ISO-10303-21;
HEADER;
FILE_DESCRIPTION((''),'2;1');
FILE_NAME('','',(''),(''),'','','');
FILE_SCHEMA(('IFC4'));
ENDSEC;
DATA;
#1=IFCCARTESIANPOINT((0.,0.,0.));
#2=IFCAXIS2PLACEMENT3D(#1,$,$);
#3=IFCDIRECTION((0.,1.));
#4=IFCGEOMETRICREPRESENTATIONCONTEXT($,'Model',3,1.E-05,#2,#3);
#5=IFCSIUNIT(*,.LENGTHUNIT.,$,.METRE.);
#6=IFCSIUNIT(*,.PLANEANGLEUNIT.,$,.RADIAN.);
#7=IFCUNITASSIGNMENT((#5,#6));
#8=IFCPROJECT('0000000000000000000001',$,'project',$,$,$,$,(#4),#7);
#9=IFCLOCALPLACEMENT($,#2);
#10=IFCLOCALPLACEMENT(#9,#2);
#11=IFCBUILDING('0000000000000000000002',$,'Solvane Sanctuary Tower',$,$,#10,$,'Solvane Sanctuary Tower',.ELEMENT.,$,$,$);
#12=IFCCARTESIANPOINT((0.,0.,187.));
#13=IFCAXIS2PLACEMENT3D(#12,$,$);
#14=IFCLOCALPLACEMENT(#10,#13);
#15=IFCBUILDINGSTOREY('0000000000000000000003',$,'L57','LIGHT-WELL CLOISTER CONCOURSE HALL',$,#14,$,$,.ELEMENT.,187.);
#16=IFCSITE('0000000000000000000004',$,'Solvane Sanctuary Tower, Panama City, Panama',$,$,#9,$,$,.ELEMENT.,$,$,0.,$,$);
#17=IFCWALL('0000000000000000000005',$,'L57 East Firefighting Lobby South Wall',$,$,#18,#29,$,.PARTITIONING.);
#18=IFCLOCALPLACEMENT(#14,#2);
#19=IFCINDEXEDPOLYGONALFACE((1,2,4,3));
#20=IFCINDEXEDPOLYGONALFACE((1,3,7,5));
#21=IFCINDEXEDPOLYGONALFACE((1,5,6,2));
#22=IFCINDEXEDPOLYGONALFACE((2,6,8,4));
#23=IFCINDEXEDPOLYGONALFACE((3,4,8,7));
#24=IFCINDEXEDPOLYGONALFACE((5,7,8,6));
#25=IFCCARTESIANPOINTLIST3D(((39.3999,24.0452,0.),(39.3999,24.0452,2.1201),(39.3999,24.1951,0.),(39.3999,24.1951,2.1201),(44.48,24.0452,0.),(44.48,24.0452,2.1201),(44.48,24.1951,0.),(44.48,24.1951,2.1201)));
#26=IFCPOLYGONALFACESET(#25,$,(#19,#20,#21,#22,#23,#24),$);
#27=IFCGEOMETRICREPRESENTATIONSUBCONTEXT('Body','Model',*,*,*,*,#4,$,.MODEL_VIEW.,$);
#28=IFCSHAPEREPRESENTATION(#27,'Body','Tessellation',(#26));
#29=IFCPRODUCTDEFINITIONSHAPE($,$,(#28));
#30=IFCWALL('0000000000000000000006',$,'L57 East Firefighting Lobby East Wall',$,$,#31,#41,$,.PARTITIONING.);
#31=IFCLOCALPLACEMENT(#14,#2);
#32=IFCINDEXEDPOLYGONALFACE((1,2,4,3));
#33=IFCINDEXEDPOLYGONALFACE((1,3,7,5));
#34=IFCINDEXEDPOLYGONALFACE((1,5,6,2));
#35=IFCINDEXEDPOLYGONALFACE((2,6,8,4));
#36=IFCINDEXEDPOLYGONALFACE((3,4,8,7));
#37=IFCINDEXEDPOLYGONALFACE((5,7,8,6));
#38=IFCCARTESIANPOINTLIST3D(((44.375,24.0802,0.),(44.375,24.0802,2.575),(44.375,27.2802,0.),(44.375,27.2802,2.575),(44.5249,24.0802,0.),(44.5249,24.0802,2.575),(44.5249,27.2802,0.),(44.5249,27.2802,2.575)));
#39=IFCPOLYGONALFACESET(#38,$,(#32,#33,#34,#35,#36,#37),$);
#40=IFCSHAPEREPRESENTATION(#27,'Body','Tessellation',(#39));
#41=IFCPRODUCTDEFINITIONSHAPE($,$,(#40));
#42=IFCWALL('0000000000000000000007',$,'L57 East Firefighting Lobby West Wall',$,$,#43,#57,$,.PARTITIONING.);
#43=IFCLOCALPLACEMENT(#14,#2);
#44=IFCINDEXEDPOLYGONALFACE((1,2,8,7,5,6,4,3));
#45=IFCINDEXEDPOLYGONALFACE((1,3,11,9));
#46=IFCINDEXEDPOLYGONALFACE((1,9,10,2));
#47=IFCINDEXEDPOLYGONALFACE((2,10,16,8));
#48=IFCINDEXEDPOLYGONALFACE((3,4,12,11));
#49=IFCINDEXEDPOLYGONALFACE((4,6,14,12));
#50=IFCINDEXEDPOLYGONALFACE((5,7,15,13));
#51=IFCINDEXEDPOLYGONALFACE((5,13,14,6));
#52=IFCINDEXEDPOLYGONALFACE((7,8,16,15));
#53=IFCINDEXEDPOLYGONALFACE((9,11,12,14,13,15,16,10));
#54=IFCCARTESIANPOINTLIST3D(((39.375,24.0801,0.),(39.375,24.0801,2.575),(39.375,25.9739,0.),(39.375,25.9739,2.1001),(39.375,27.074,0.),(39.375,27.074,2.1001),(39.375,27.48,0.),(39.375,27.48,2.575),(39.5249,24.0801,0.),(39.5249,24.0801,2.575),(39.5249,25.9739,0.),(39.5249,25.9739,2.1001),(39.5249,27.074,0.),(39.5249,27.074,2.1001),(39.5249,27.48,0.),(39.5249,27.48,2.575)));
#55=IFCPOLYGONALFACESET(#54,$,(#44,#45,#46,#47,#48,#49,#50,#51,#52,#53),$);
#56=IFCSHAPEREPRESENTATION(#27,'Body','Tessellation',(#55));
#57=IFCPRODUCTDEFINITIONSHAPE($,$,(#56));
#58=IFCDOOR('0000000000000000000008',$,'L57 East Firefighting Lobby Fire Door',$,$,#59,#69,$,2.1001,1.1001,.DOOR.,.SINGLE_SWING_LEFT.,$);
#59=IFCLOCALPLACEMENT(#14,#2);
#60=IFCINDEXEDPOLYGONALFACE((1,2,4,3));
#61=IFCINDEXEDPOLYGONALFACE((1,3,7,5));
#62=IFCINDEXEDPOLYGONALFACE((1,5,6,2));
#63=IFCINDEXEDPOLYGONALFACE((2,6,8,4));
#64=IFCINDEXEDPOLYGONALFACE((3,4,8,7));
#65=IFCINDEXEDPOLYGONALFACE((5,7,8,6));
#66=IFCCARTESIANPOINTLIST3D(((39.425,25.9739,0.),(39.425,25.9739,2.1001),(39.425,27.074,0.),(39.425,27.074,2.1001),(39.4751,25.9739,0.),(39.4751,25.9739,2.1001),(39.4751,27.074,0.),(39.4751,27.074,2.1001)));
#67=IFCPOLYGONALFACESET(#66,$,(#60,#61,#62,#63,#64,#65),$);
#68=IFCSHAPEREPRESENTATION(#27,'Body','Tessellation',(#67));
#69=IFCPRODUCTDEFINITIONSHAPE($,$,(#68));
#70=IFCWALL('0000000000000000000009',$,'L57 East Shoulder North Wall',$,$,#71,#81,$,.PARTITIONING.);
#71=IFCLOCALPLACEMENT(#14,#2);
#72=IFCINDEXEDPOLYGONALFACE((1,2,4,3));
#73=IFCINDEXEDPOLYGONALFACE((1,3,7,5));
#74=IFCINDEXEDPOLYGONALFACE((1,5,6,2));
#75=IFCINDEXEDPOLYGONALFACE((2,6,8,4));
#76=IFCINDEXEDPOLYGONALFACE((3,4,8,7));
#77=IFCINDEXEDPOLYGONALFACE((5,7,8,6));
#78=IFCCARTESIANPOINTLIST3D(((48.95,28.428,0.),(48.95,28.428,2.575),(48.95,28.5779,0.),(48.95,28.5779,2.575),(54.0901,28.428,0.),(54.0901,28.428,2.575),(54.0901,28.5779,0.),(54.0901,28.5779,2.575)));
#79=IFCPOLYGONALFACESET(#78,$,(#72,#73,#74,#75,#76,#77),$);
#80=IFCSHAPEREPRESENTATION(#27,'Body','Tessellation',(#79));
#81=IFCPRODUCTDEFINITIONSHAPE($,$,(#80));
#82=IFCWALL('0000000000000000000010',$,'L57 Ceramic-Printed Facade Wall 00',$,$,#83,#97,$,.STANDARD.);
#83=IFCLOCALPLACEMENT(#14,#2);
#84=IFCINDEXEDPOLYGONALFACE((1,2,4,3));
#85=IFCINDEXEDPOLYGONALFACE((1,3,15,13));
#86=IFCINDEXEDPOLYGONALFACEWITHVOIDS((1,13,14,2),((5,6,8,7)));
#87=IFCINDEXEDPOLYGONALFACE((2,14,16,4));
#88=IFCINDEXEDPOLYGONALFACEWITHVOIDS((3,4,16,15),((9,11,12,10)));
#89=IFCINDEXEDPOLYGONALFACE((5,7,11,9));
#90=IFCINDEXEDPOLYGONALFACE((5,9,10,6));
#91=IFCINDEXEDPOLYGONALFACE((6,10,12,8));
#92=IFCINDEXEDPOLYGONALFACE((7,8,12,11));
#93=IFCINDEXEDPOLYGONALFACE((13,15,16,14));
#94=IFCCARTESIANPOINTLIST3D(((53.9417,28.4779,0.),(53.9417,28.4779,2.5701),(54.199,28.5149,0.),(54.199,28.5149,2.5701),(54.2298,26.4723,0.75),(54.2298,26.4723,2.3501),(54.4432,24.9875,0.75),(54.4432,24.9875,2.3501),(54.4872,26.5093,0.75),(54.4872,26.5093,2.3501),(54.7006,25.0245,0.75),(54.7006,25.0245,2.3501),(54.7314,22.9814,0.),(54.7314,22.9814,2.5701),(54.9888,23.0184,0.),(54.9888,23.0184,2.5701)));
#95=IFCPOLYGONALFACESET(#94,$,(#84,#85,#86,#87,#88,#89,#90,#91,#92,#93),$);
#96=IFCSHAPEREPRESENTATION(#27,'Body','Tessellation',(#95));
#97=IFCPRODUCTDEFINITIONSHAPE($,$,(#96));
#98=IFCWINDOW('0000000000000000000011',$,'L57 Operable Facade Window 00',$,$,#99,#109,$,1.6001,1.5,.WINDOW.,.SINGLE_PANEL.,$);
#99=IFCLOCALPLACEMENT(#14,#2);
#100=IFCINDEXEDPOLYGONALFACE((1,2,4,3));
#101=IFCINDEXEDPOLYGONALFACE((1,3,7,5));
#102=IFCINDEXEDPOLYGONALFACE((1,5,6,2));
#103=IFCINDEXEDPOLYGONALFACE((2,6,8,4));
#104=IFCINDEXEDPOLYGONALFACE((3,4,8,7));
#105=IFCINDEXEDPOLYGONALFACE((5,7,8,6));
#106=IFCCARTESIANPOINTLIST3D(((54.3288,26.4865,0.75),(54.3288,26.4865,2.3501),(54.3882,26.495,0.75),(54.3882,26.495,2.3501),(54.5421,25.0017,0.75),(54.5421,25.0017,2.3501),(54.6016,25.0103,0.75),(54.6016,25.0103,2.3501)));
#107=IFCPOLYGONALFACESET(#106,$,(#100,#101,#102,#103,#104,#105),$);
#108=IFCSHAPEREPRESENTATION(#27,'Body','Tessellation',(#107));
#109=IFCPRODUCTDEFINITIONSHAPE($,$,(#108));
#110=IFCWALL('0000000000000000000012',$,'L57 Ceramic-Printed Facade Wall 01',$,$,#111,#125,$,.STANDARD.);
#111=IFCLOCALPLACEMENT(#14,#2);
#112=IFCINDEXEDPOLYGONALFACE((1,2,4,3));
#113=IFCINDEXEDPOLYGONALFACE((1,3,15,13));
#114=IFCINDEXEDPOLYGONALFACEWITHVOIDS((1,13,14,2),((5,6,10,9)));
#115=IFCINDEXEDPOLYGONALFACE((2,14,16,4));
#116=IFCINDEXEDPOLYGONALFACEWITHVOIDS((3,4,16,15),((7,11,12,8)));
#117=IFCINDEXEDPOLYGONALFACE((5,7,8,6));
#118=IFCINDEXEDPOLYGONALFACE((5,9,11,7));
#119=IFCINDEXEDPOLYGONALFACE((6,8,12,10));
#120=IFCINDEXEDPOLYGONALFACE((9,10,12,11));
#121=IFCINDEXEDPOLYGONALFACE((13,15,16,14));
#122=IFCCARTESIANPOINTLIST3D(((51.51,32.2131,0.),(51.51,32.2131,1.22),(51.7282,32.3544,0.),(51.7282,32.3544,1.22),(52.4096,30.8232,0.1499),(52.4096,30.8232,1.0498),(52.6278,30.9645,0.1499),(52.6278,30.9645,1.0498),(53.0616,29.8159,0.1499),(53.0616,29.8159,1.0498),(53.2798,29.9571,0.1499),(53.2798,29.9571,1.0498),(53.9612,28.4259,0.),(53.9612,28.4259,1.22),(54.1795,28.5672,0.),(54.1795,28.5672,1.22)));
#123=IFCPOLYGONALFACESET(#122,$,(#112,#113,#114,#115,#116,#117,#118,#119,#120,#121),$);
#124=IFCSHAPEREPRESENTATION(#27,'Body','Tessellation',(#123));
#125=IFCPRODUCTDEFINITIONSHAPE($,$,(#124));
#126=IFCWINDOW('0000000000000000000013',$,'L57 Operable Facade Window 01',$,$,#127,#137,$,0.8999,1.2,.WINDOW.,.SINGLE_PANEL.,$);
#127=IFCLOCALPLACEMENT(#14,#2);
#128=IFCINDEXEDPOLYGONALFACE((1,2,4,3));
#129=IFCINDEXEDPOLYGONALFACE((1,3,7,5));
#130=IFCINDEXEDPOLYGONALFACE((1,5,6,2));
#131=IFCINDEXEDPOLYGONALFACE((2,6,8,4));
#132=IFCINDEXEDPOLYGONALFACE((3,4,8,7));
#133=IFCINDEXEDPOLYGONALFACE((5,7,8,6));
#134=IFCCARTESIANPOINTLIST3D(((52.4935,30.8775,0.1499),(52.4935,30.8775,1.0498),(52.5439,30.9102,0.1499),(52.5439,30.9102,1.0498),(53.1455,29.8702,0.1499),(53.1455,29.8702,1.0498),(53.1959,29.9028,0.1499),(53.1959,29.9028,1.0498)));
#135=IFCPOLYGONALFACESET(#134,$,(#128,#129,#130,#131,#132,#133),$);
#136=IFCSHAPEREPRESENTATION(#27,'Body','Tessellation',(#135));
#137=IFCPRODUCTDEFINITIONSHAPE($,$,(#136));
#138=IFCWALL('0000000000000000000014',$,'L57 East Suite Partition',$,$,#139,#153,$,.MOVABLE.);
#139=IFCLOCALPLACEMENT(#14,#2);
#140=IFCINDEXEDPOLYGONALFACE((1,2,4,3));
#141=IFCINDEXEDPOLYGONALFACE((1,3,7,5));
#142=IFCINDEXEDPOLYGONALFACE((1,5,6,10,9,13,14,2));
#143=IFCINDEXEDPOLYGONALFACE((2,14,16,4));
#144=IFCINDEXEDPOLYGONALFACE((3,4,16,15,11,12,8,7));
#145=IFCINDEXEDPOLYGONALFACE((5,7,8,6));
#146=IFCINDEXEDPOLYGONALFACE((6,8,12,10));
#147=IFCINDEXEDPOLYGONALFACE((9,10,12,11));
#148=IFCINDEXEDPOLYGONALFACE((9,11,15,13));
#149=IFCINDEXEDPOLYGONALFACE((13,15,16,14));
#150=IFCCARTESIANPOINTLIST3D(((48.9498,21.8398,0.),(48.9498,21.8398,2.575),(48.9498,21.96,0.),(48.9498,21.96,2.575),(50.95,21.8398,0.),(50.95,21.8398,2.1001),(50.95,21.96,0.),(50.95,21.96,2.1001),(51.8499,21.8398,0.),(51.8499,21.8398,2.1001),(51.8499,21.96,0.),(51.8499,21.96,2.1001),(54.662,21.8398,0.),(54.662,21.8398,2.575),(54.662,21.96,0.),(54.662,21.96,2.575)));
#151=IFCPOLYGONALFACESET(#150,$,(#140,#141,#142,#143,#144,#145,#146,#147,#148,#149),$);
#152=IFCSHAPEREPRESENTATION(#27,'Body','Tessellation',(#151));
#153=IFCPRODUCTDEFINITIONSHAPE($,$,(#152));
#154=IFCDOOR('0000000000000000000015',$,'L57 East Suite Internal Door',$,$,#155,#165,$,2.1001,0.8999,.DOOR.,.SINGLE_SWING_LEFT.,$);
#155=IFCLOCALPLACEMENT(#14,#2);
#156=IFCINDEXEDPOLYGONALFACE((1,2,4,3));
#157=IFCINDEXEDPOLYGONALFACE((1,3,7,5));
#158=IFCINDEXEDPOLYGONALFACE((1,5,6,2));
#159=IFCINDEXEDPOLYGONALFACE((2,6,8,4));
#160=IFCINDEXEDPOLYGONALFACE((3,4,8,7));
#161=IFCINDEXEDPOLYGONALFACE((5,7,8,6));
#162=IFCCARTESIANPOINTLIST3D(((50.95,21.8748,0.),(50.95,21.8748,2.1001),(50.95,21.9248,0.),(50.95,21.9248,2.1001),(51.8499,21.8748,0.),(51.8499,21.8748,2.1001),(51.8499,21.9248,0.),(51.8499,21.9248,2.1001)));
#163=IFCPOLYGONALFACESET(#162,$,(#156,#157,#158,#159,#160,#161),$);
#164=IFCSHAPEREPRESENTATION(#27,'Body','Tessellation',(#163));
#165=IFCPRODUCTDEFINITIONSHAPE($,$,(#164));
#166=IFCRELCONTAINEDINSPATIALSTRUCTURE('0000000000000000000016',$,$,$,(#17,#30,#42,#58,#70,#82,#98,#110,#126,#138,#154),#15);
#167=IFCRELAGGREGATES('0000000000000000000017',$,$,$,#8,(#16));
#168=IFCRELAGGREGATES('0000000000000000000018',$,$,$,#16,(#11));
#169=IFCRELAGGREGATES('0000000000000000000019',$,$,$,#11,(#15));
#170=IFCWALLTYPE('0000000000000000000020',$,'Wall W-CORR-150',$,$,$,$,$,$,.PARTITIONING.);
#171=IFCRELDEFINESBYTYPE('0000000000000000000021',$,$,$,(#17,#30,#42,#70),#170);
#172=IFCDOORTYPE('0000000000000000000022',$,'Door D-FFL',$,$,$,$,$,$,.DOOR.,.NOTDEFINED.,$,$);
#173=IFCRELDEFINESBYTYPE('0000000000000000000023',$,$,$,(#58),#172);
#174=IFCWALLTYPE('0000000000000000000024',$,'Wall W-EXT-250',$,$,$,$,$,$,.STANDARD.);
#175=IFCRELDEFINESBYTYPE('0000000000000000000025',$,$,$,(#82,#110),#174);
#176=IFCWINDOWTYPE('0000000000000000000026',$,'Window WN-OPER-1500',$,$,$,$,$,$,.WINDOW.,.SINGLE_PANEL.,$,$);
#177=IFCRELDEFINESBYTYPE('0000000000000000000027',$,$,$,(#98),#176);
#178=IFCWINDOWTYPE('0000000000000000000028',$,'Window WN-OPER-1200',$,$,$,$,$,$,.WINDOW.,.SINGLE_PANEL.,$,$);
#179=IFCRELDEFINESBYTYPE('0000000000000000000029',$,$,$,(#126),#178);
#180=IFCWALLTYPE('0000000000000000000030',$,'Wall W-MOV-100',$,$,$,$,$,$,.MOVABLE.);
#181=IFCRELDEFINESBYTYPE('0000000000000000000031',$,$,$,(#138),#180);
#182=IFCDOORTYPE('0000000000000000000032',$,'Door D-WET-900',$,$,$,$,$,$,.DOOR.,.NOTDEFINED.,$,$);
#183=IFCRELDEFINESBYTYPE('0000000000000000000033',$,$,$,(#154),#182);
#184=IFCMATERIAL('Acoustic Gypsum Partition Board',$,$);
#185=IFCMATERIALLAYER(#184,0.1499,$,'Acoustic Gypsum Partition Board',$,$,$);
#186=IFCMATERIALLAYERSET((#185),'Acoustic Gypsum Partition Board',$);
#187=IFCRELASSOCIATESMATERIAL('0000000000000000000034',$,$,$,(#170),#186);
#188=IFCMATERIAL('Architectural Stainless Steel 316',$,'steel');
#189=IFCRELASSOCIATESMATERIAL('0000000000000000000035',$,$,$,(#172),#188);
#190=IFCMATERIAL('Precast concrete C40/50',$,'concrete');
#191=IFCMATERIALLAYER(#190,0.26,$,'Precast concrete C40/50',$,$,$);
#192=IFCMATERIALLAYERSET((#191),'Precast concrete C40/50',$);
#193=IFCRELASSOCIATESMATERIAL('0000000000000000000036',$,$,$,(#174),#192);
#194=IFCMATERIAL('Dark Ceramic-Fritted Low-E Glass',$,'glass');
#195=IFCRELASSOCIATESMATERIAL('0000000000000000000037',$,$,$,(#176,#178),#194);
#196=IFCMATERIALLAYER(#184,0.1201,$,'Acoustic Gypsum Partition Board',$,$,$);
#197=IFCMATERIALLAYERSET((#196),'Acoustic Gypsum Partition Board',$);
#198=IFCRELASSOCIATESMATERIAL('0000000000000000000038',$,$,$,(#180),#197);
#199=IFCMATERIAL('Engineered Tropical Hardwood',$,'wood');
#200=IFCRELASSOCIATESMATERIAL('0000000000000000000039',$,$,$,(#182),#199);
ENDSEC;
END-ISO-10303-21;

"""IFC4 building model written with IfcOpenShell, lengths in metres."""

from ifc_helpers import new_model, si_unit, direction, frame, frame_2d, origin, place, context, subcontext, project, spatial, rectangle, extrude, material, layer, layer_set, type_object, element, fill, save


model = new_model("IFC4")

# Units and contexts
model_context = context("Model", 3, precision=1e-05, world=origin(), true_north=direction((0.0, 1.0)))
body_context = subcontext(model_context, "Body", "Model", "MODEL_VIEW")
ifc_project = project(units=[si_unit("LENGTHUNIT", "METRE"), si_unit("PLANEANGLEUNIT", "RADIAN")], contexts=[model_context])

# Site, building, storey
site_placement = place(None, origin())
site = spatial("IfcSite", under=ifc_project, at=site_placement, Name="Solvane Sanctuary Tower, Panama City, Panama", CompositionType="ELEMENT", RefElevation=0.0)
building_placement = place(site_placement, origin())
building = spatial("IfcBuilding", under=site, at=building_placement, Name="Solvane Sanctuary Tower", LongName="Solvane Sanctuary Tower", CompositionType="ELEMENT")
storey_placement = place(building_placement, frame((0.0, 0.0, 187.0)))
storey = spatial("IfcBuildingStorey", under=building, at=storey_placement, Name="L57", Description="LIGHT-WELL CLOISTER CONCOURSE HALL", CompositionType="ELEMENT", Elevation=187.0)

# Walls
ifc_material_1 = material(Name="Acoustic Gypsum Partition Board")
ifc_layer_1 = layer(ifc_material_1, 0.1499, Name="Acoustic Gypsum Partition Board")
ifc_layer_set_1 = layer_set([ifc_layer_1], Name="Acoustic Gypsum Partition Board")
wall_type_1 = type_object("IfcWallType", Name="Wall W-CORR-150", PredefinedType="PARTITIONING", material=ifc_layer_set_1)
wall_1_placement = place(storey_placement, frame((39.3999, 24.1201, 0.0), z_axis=(0.0, 0.0, 1.0), x_axis=(1.0, 0.0, 0.0)))
element("IfcWall", 1, at=wall_1_placement, inside=storey, type_object=wall_type_1, Name="L57 East Firefighting Lobby South Wall", PredefinedType="PARTITIONING", context=body_context, shape_type="SweptSolid", body=[
    extrude(rectangle(XDim=5.0801, YDim=0.1499, at=frame_2d((2.54, 0.0))), origin(), (0.0, 0.0, 1.0), 2.1201),
])
wall_2_placement = place(storey_placement, frame((44.45, 24.0801, 0.0), z_axis=(0.0, 0.0, 1.0), x_axis=(0.0, 1.0, 0.0)))
element("IfcWall", 2, at=wall_2_placement, inside=storey, type_object=wall_type_1, Name="L57 East Firefighting Lobby East Wall", PredefinedType="PARTITIONING", context=body_context, shape_type="SweptSolid", body=[
    extrude(rectangle(XDim=3.2, YDim=0.1499, at=frame_2d((1.6001, 0.0))), origin(), (0.0, 0.0, 1.0), 2.575),
])

# Wall, opening, door
wall_3_placement = place(storey_placement, frame((39.45, 24.0801, 0.0), z_axis=(0.0, 0.0, 1.0), x_axis=(0.0, 1.0, 0.0)))
wall_3 = element("IfcWall", 3, at=wall_3_placement, inside=storey, type_object=wall_type_1, Name="L57 East Firefighting Lobby West Wall", PredefinedType="PARTITIONING", context=body_context, shape_type="SweptSolid", body=[
    extrude(rectangle(XDim=3.3999, YDim=0.1499, at=frame_2d((1.7, 0.0))), origin(), (0.0, 0.0, 1.0), 2.575),
])
opening_1_placement = place(wall_3_placement, frame((1.8938, 0.0, 0.0)))
opening_1 = element("IfcOpeningElement", 4, at=opening_1_placement, cuts=wall_3, PredefinedType="OPENING", context=body_context, shape_type="SweptSolid", body=[
    extrude(rectangle(XDim=1.1001, YDim=2.1001, at=frame_2d((0.55, 1.05))), frame((0.0, 0.085, 0.0), z_axis=(0.0, -1.0, 0.0), x_axis=(1.0, 0.0, 0.0)), (0.0, 0.0, 1.0), 0.1699),
])
ifc_material_2 = material(Name="Architectural Stainless Steel 316", Category="steel")
door_type_1 = type_object("IfcDoorType", Name="Door D-FFL", OperationType="NOTDEFINED", PredefinedType="DOOR", material=ifc_material_2)
door_1_placement = place(opening_1_placement, origin())
door_1 = element("IfcDoor", 5, at=door_1_placement, inside=storey, type_object=door_type_1, Name="L57 East Firefighting Lobby Fire Door", OperationType="SINGLE_SWING_LEFT", OverallHeight=2.1001, OverallWidth=1.1001, PredefinedType="DOOR", context=body_context, shape_type="SweptSolid", body=[
    extrude(rectangle(XDim=1.1001, YDim=2.1001, at=frame_2d((0.55, 1.05))), frame((0.0, 0.0249, 0.0), z_axis=(0.0, -1.0, 0.0), x_axis=(1.0, 0.0, 0.0)), (0.0, 0.0, 1.0), 0.05),
])
fill(opening_1, door_1)

# Wall
wall_4_placement = place(storey_placement, frame((48.95, 28.5029, 0.0), z_axis=(0.0, 0.0, 1.0), x_axis=(1.0, 0.0, 0.0)))
element("IfcWall", 6, at=wall_4_placement, inside=storey, type_object=wall_type_1, Name="L57 East Shoulder North Wall", PredefinedType="PARTITIONING", context=body_context, shape_type="SweptSolid", body=[
    extrude(rectangle(XDim=5.1401, YDim=0.1499, at=frame_2d((2.5701, 0.0))), origin(), (0.0, 0.0, 1.0), 2.575),
])

# Walls, openings, windows
ifc_material_3 = material(Name="Precast concrete C40/50", Category="concrete")
ifc_layer_2 = layer(ifc_material_3, 0.26, Name="Precast concrete C40/50")
ifc_layer_set_2 = layer_set([ifc_layer_2], Name="Precast concrete C40/50")
wall_type_2 = type_object("IfcWallType", Name="Wall W-EXT-250", PredefinedType="STANDARD", material=ifc_layer_set_2)
wall_5_placement = place(storey_placement, frame((54.8601, 23.0, 0.0), z_axis=(0.0, 0.0, 1.0), x_axis=(-0.142228, 0.989834, 0.0)))
wall_5 = element("IfcWall", 7, at=wall_5_placement, inside=storey, type_object=wall_type_2, Name="L57 Ceramic-Printed Facade Wall 00", PredefinedType="STANDARD", context=body_context, shape_type="SweptSolid", body=[
    extrude(rectangle(XDim=5.553, YDim=0.26, at=frame_2d((2.7764, 0.0))), origin(), (0.0, 0.0, 1.0), 2.5701),
])
opening_2_placement = place(wall_5_placement, frame((2.0266, 0.0, 0.75)))
opening_2 = element("IfcOpeningElement", 8, at=opening_2_placement, cuts=wall_5, PredefinedType="OPENING", context=body_context, shape_type="SweptSolid", body=[
    extrude(rectangle(XDim=1.5, YDim=1.6001, at=frame_2d((0.75, 0.8))), frame((0.0, 0.1399, 0.0), z_axis=(0.0, -1.0, 0.0), x_axis=(1.0, 0.0, 0.0)), (0.0, 0.0, 1.0), 0.28),
])
ifc_material_4 = material(Name="Dark Ceramic-Fritted Low-E Glass", Category="glass")
window_type_1 = type_object("IfcWindowType", Name="Window WN-OPER-1500", PartitioningType="SINGLE_PANEL", PredefinedType="WINDOW", material=ifc_material_4)
window_1_placement = place(opening_2_placement, origin())
window_1 = element("IfcWindow", 9, at=window_1_placement, inside=storey, type_object=window_type_1, Name="L57 Operable Facade Window 00", OverallHeight=1.6001, OverallWidth=1.5, PartitioningType="SINGLE_PANEL", PredefinedType="WINDOW", context=body_context, shape_type="SweptSolid", body=[
    extrude(rectangle(XDim=1.5, YDim=1.6001, at=frame_2d((0.75, 0.8))), frame((0.0, 0.03, 0.0), z_axis=(0.0, -1.0, 0.0), x_axis=(1.0, 0.0, 0.0)), (0.0, 0.0, 1.0), 0.0601),
])
fill(opening_2, window_1)
wall_6_placement = place(storey_placement, frame((54.0703, 28.4966, 0.0), z_axis=(0.0, 0.0, 1.0), x_axis=(-0.543359, 0.8395, 0.0)))
wall_6 = element("IfcWall", 10, at=wall_6_placement, inside=storey, type_object=wall_type_2, Name="L57 Ceramic-Printed Facade Wall 01", PredefinedType="STANDARD", context=body_context, shape_type="SweptSolid", body=[
    extrude(rectangle(XDim=4.5112, YDim=0.26, at=frame_2d((2.2556, 0.0))), origin(), (0.0, 0.0, 1.0), 1.22),
])
opening_3_placement = place(wall_6_placement, frame((1.6555, 0.0, 0.1499)))
opening_3 = element("IfcOpeningElement", 11, at=opening_3_placement, cuts=wall_6, PredefinedType="OPENING", context=body_context, shape_type="SweptSolid", body=[
    extrude(rectangle(XDim=1.2, YDim=0.8999, at=frame_2d((0.6001, 0.45))), frame((0.0, 0.1399, 0.0), z_axis=(0.0, -1.0, 0.0), x_axis=(1.0, 0.0, 0.0)), (0.0, 0.0, 1.0), 0.28),
])
window_type_2 = type_object("IfcWindowType", Name="Window WN-OPER-1200", PartitioningType="SINGLE_PANEL", PredefinedType="WINDOW", material=ifc_material_4)
window_2_placement = place(opening_3_placement, origin())
window_2 = element("IfcWindow", 12, at=window_2_placement, inside=storey, type_object=window_type_2, Name="L57 Operable Facade Window 01", OverallHeight=0.8999, OverallWidth=1.2, PartitioningType="SINGLE_PANEL", PredefinedType="WINDOW", context=body_context, shape_type="SweptSolid", body=[
    extrude(rectangle(XDim=1.2, YDim=0.8999, at=frame_2d((0.6001, 0.45))), frame((0.0, 0.03, 0.0), z_axis=(0.0, -1.0, 0.0), x_axis=(1.0, 0.0, 0.0)), (0.0, 0.0, 1.0), 0.0601),
])
fill(opening_3, window_2)

# Wall, opening, door
ifc_layer_3 = layer(ifc_material_1, 0.1201, Name="Acoustic Gypsum Partition Board")
ifc_layer_set_3 = layer_set([ifc_layer_3], Name="Acoustic Gypsum Partition Board")
wall_type_3 = type_object("IfcWallType", Name="Wall W-MOV-100", PredefinedType="MOVABLE", material=ifc_layer_set_3)
wall_7_placement = place(storey_placement, frame((48.95, 21.8999, 0.0), z_axis=(0.0, 0.0, 1.0), x_axis=(1.0, 0.0, 0.0)))
wall_7 = element("IfcWall", 13, at=wall_7_placement, inside=storey, type_object=wall_type_3, Name="L57 East Suite Partition", PredefinedType="MOVABLE", context=body_context, shape_type="SweptSolid", body=[
    extrude(rectangle(XDim=5.7122, YDim=0.1201, at=frame_2d((2.856, 0.0))), origin(), (0.0, 0.0, 1.0), 2.575),
])
opening_4_placement = place(wall_7_placement, frame((2.0, 0.0, 0.0)))
opening_4 = element("IfcOpeningElement", 14, at=opening_4_placement, cuts=wall_7, PredefinedType="OPENING", context=body_context, shape_type="SweptSolid", body=[
    extrude(rectangle(XDim=0.8999, YDim=2.1001, at=frame_2d((0.45, 1.05))), frame((0.0, 0.0701, 0.0), z_axis=(0.0, -1.0, 0.0), x_axis=(1.0, 0.0, 0.0)), (0.0, 0.0, 1.0), 0.1401),
])
ifc_material_5 = material(Name="Engineered Tropical Hardwood", Category="wood")
door_type_2 = type_object("IfcDoorType", Name="Door D-WET-900", OperationType="NOTDEFINED", PredefinedType="DOOR", material=ifc_material_5)
door_2_placement = place(opening_4_placement, origin())
door_2 = element("IfcDoor", 15, at=door_2_placement, inside=storey, type_object=door_type_2, Name="L57 East Suite Internal Door", OperationType="SINGLE_SWING_LEFT", OverallHeight=2.1001, OverallWidth=0.8999, PredefinedType="DOOR", context=body_context, shape_type="SweptSolid", body=[
    extrude(rectangle(XDim=0.8999, YDim=2.1001, at=frame_2d((0.45, 1.05))), frame((0.0, 0.0249, 0.0), z_axis=(0.0, -1.0, 0.0), x_axis=(1.0, 0.0, 0.0)), (0.0, 0.0, 1.0), 0.05),
])
fill(opening_4, door_2)

save(model, "model.ifc")
